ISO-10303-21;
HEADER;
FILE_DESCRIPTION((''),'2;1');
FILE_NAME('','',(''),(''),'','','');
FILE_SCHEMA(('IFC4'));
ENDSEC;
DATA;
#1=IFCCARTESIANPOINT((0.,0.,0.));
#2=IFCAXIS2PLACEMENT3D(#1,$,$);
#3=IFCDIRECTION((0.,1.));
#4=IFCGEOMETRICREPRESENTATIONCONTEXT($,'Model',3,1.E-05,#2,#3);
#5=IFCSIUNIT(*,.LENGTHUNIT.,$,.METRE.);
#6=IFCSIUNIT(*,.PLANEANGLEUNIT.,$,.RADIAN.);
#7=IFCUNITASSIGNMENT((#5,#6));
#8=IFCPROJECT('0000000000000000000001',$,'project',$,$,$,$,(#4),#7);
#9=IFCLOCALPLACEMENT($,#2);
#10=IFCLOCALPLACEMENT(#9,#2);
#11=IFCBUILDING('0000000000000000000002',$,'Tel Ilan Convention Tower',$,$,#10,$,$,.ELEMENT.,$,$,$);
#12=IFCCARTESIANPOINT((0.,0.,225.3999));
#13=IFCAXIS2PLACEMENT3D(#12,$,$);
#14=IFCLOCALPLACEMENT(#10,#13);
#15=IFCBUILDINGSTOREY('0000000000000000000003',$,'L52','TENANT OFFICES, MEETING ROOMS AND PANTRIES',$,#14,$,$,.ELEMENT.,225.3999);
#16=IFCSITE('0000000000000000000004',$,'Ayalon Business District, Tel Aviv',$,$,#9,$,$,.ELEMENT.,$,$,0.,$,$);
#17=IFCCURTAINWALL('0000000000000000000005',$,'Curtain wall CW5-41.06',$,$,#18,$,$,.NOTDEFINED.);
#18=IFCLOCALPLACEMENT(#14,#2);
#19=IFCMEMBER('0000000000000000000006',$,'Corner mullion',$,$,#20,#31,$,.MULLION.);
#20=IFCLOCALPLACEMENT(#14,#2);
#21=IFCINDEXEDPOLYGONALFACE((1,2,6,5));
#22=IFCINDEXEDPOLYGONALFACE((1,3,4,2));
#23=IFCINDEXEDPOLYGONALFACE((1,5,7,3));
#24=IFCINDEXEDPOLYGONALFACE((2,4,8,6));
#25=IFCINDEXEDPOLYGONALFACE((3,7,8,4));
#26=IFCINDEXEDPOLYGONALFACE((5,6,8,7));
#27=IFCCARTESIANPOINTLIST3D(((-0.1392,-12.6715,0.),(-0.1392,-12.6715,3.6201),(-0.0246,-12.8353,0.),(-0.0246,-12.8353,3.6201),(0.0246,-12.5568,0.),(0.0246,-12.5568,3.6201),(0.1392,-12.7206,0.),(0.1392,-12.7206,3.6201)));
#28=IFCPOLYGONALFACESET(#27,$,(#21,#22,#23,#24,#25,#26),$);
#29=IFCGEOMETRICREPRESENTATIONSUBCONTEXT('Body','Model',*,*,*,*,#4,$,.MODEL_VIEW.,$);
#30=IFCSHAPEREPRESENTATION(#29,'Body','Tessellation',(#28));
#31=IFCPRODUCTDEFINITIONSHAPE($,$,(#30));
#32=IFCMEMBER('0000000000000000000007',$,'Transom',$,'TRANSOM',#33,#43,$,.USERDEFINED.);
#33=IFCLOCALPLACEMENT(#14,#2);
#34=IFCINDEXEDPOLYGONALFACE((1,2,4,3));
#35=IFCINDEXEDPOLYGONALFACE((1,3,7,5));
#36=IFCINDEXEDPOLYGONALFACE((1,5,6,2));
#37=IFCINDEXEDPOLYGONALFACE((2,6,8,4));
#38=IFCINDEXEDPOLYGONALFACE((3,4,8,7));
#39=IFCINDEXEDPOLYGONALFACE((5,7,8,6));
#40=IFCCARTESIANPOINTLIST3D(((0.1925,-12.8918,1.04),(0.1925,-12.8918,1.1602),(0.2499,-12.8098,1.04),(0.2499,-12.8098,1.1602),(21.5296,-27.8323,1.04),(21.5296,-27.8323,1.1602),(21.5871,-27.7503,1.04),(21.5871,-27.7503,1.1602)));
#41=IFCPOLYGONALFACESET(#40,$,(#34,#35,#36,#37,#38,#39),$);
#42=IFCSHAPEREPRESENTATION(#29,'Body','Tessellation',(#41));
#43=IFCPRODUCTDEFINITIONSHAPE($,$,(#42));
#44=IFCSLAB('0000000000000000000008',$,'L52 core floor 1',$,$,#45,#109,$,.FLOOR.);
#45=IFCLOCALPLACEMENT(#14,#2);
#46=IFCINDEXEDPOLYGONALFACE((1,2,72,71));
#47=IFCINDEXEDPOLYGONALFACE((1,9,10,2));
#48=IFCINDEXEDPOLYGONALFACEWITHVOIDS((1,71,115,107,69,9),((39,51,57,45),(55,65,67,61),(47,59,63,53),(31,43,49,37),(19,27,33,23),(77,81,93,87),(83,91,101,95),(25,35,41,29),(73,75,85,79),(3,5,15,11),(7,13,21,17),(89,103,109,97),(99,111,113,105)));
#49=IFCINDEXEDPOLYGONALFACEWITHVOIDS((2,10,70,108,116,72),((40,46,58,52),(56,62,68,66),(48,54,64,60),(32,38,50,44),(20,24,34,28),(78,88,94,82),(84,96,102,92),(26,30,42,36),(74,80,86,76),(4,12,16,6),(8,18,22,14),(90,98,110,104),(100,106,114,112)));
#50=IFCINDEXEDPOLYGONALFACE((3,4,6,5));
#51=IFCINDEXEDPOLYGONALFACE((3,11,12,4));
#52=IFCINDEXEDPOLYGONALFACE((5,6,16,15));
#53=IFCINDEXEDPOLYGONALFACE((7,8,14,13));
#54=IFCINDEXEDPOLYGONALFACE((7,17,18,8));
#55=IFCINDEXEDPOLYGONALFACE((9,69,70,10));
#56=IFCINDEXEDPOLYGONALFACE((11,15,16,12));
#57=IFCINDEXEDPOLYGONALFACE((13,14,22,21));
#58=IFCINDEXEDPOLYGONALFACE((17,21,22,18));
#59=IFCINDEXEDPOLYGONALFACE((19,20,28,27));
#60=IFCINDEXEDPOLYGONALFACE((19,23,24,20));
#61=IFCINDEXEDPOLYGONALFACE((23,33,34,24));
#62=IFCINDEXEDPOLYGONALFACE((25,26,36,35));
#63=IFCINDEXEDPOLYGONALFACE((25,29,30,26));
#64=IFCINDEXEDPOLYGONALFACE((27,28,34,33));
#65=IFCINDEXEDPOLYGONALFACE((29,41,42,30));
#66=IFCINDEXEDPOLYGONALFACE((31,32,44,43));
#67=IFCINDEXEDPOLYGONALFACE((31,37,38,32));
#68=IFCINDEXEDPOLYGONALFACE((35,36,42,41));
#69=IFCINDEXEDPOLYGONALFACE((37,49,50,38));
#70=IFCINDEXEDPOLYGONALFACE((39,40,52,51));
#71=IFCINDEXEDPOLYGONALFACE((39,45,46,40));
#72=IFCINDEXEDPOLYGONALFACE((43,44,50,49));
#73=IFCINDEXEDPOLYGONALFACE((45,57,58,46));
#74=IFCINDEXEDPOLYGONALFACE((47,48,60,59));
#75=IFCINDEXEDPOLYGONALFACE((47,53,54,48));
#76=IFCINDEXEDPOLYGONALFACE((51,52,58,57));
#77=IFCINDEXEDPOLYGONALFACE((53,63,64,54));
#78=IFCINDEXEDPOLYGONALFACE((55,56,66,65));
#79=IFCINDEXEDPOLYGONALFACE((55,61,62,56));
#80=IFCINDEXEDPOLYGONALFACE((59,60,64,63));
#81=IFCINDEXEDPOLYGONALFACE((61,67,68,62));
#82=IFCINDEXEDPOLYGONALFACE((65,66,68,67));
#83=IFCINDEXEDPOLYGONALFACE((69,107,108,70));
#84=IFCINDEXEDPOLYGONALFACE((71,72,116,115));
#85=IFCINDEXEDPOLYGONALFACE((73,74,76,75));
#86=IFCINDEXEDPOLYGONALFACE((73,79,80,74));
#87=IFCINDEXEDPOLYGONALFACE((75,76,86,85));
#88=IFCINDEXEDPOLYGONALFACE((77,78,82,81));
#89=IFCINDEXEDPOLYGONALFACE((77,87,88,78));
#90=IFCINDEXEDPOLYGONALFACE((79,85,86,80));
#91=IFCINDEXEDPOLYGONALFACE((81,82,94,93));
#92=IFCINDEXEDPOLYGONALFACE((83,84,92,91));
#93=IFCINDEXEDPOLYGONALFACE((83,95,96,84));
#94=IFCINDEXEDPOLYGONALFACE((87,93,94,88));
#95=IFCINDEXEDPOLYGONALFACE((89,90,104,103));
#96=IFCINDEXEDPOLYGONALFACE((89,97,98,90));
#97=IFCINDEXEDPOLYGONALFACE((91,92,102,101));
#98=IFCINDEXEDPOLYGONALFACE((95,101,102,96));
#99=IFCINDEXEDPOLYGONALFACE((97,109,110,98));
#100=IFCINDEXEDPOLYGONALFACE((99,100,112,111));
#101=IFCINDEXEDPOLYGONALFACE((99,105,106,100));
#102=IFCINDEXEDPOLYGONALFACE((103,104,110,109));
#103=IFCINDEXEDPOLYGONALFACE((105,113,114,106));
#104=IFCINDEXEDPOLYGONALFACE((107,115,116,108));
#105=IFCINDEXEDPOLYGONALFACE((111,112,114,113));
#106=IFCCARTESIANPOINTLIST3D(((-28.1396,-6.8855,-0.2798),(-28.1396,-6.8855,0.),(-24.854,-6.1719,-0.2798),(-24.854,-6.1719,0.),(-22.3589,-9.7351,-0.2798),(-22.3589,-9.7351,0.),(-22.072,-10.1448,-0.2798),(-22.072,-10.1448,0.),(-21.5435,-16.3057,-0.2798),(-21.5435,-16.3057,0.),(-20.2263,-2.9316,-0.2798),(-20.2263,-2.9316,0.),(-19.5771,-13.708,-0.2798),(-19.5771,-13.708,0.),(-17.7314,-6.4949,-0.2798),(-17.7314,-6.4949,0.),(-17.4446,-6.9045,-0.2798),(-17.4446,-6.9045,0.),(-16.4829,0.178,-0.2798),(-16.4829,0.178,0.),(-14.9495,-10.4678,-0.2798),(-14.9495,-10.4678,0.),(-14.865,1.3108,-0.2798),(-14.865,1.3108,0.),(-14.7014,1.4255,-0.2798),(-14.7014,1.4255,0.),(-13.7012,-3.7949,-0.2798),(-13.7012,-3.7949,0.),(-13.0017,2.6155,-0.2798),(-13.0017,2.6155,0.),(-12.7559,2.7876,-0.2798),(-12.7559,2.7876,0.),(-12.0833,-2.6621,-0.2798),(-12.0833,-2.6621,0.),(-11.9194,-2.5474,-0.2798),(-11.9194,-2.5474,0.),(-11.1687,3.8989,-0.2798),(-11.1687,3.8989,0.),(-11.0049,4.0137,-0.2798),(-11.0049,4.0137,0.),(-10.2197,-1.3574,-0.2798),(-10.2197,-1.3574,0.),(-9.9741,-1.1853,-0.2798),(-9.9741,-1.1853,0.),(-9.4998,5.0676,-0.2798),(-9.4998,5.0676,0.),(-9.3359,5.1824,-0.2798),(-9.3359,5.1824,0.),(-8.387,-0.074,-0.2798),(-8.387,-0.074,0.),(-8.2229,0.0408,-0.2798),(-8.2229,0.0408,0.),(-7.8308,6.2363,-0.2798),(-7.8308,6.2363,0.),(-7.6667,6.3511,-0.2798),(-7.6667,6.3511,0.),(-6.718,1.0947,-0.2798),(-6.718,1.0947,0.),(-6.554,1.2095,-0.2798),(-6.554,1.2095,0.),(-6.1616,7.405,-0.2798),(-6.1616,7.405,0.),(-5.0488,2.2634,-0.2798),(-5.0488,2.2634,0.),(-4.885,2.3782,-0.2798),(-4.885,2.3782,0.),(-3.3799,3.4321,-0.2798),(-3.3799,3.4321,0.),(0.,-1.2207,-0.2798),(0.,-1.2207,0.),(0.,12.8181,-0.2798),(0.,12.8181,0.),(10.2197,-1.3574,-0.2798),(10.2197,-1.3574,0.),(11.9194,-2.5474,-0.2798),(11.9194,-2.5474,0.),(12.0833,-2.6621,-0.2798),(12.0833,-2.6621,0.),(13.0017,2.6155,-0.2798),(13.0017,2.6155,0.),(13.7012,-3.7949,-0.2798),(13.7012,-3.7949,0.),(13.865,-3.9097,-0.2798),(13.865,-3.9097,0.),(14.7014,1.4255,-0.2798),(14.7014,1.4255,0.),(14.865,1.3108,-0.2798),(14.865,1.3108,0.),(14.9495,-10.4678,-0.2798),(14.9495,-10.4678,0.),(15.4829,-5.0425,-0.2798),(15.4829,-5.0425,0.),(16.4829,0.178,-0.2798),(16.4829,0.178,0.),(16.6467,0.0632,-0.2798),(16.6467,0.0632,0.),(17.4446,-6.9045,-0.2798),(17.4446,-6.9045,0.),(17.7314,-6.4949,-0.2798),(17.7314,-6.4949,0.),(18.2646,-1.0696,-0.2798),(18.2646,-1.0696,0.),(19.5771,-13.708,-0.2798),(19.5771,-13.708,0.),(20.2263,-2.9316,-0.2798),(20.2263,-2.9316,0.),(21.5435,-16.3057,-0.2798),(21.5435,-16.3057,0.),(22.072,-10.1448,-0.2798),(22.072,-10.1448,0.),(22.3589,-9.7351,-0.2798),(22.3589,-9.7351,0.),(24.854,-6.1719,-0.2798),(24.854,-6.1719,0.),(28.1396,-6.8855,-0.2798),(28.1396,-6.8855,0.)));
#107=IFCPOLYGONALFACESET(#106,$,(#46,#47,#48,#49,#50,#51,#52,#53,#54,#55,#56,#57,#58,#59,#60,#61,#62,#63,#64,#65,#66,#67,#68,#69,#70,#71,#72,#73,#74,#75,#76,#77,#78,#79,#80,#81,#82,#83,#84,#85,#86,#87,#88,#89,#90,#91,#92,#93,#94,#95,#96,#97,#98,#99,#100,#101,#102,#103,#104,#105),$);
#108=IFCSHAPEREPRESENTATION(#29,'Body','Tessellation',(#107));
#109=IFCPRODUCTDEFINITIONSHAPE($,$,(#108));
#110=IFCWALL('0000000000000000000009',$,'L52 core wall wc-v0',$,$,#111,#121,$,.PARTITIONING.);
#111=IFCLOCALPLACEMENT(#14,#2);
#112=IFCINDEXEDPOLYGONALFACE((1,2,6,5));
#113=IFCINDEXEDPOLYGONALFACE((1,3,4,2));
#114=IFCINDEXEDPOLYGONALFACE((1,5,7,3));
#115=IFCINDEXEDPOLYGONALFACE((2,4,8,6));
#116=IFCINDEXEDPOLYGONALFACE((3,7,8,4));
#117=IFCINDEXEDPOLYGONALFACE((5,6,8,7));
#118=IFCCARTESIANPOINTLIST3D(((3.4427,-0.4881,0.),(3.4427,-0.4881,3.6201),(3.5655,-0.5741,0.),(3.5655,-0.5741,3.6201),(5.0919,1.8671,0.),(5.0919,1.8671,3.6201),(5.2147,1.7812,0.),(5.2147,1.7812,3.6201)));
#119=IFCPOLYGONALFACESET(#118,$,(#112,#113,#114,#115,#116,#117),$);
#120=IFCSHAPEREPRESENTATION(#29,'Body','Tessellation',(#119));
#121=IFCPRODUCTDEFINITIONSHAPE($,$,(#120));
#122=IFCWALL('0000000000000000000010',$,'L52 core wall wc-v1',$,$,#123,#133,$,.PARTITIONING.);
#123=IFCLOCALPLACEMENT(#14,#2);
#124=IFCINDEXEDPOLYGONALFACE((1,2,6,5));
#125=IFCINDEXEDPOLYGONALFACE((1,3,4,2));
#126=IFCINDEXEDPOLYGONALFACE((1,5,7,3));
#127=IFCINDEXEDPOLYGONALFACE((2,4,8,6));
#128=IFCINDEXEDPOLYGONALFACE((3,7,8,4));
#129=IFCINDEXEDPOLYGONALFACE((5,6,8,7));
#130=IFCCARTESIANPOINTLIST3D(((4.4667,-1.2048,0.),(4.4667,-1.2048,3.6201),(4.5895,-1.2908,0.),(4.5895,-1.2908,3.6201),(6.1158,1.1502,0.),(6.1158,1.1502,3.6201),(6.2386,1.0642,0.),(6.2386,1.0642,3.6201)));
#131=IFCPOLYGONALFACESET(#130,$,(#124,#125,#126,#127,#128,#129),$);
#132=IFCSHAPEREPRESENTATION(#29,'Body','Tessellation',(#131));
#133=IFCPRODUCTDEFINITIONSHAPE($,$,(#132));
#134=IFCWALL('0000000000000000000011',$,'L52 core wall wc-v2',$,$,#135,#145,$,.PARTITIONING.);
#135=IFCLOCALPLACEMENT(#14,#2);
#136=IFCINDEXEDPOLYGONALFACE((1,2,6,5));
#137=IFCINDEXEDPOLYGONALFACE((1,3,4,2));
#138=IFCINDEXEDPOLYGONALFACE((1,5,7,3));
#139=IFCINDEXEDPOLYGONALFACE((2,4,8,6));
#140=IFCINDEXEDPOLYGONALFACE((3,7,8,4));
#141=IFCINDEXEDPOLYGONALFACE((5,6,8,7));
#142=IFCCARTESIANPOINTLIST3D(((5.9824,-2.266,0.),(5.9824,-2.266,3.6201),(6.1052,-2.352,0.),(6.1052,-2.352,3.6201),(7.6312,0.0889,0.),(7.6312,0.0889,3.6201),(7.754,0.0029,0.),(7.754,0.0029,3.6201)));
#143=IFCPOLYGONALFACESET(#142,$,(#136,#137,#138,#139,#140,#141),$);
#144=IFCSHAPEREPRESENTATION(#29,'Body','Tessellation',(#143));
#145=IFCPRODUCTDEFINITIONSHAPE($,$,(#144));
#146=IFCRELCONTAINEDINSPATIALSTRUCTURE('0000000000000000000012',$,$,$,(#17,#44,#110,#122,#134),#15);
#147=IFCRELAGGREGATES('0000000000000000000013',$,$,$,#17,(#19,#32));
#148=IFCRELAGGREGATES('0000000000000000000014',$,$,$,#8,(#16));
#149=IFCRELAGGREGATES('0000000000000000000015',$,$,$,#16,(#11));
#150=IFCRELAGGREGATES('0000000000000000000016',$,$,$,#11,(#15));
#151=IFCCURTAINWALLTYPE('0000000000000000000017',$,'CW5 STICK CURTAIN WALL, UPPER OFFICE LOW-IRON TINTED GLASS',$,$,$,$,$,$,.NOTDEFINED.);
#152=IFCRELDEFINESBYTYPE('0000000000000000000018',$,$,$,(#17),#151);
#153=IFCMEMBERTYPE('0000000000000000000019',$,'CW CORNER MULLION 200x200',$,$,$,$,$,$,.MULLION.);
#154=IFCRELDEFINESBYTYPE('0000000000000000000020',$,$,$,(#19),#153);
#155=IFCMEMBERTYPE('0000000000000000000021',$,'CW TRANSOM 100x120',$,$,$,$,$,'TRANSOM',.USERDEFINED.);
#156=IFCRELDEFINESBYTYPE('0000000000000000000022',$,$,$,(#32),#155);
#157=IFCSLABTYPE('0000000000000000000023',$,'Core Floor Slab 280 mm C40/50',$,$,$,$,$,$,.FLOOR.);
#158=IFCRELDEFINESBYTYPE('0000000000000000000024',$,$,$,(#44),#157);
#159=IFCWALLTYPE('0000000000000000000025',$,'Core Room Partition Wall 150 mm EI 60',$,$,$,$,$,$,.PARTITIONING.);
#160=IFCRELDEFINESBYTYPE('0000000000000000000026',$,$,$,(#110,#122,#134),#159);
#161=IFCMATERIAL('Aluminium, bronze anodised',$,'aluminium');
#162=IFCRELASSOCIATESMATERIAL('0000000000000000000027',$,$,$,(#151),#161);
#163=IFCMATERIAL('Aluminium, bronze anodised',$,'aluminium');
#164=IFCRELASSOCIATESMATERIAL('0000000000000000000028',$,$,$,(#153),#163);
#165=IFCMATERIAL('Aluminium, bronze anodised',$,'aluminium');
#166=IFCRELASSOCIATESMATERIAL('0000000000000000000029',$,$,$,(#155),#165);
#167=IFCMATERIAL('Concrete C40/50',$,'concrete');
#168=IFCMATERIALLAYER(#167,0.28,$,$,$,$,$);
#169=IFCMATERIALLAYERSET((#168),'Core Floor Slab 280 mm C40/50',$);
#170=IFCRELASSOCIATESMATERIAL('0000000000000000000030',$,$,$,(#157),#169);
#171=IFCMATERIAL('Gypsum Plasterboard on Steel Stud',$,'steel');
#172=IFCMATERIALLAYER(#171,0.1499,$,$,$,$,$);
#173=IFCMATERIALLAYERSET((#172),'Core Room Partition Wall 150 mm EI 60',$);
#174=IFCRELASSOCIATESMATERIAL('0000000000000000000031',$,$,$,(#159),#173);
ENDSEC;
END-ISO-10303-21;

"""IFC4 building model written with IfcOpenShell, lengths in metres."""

from ifc_helpers import new_model, si_unit, direction, frame, frame_2d, origin, origin_2d, place, context, subcontext, project, spatial, polyline, rectangle, outline, extrude, material, layer, layer_set, material_profile, profile_set, type_object, element, aggregate, save


model = new_model("IFC4")

# Units and contexts
model_context = context("Model", 3, precision=1e-05, world=origin(), true_north=direction((0.0, 1.0)))
body_context = subcontext(model_context, "Body", "Model", "MODEL_VIEW")
ifc_project = project(units=[si_unit("LENGTHUNIT", "METRE"), si_unit("PLANEANGLEUNIT", "RADIAN")], contexts=[model_context])

# Site, building, storey
site_placement = place(None, origin())
site = spatial("IfcSite", under=ifc_project, at=site_placement, Name="Ayalon Business District, Tel Aviv", CompositionType="ELEMENT", RefElevation=0.0)
building_placement = place(site_placement, origin())
building = spatial("IfcBuilding", under=site, at=building_placement, Name="Tel Ilan Convention Tower", CompositionType="ELEMENT")
storey_placement = place(building_placement, frame((0.0, 0.0, 225.3999)))
storey = spatial("IfcBuildingStorey", under=building, at=storey_placement, Name="L52", Description="TENANT OFFICES, MEETING ROOMS AND PANTRIES", CompositionType="ELEMENT", Elevation=225.3999)

# Curtain wall, members
ifc_material_1 = material(Name="Aluminium, bronze anodised", Category="aluminium")
curtain_wall_type = type_object("IfcCurtainWallType", Name="CW5 STICK CURTAIN WALL, UPPER OFFICE LOW-IRON TINTED GLASS", PredefinedType="NOTDEFINED", material=ifc_material_1)
curtain_wall_placement = place(storey_placement, origin())
curtain_wall = element("IfcCurtainWall", 1, at=curtain_wall_placement, inside=storey, type_object=curtain_wall_type, Name="Curtain wall CW5-41.06", PredefinedType="NOTDEFINED")
ifc_material_2 = material(Name="Aluminium, bronze anodised", Category="aluminium")
ifc_material_profile_1 = material_profile(ifc_material_2, rectangle(XDim=0.2, YDim=0.2, at=origin_2d()), Name="CW CORNER MULLION 200x200")
ifc_profile_set_1 = profile_set([ifc_material_profile_1], Name="Aluminium, bronze anodised")
member_type_1 = type_object("IfcMemberType", Name="CW CORNER MULLION 200x200", PredefinedType="MULLION", material=ifc_profile_set_1)
member_1_placement = place(storey_placement, frame((0.0, -12.696, 0.0), z_axis=(0.0, 0.0, 1.0), x_axis=(0.819152, 0.573576, 0.0)))
member_1 = element("IfcMember", 2, at=member_1_placement, type_object=member_type_1, Name="Corner mullion", PredefinedType="MULLION", context=body_context, shape_type="SweptSolid", body=[
    extrude(rectangle(XDim=0.2, YDim=0.2, at=origin_2d()), origin(), (0.0, 0.0, 1.0), 3.6201),
])
ifc_material_3 = material(Name="Aluminium, bronze anodised", Category="aluminium")
ifc_material_profile_2 = material_profile(ifc_material_3, rectangle(XDim=0.1001, YDim=0.1201, at=origin_2d()), Name="CW TRANSOM 100x120")
ifc_profile_set_2 = profile_set([ifc_material_profile_2], Name="Aluminium, bronze anodised")
member_type_2 = type_object("IfcMemberType", Name="CW TRANSOM 100x120", ElementType="TRANSOM", PredefinedType="USERDEFINED", material=ifc_profile_set_2)
member_2_placement = place(storey_placement, frame((0.2212, -12.8508, 1.1001), z_axis=(0.819152, -0.573576, 0.0), x_axis=(0.573576, 0.819152, 0.0)))
member_2 = element("IfcMember", 3, at=member_2_placement, type_object=member_type_2, Name="Transom", ObjectType="TRANSOM", PredefinedType="USERDEFINED", context=body_context, shape_type="SweptSolid", body=[
    extrude(rectangle(XDim=0.1001, YDim=0.1201, at=origin_2d()), origin(), (0.0, 0.0, 1.0), 26.0479),
])
aggregate(curtain_wall, [member_1, member_2])

# Slab
ifc_material_4 = material(Name="Concrete C40/50", Category="concrete")
ifc_layer_1 = layer(ifc_material_4, 0.28)
ifc_layer_set_1 = layer_set([ifc_layer_1], Name="Core Floor Slab 280 mm C40/50")
slab_type = type_object("IfcSlabType", Name="Core Floor Slab 280 mm C40/50", PredefinedType="FLOOR", material=ifc_layer_set_1)
slab_placement = place(storey_placement, frame((0.0, 0.0, -0.2798)))
element("IfcSlab", 4, at=slab_placement, inside=storey, type_object=slab_type, Name="L52 core floor 1", PredefinedType="FLOOR", context=body_context, shape_type="SweptSolid", body=[
    extrude(outline(polyline([(-28.1396, -6.8855), (0.0, 12.8181), (28.1396, -6.8855), (21.5435, -16.3057), (0.0, -1.2207), (-21.5435, -16.3057), (-28.1396, -6.8855)]), holes=[polyline([(-17.4446, -6.9045), (-22.072, -10.1448), (-19.5771, -13.708), (-14.9495, -10.4678), (-17.4446, -6.9045)]), polyline([(-17.7314, -6.4949), (-20.2263, -2.9316), (-24.854, -6.1719), (-22.3589, -9.7351), (-17.7314, -6.4949)]), polyline([(-14.865, 1.3108), (-16.4829, 0.178), (-13.7012, -3.7949), (-12.0833, -2.6621), (-14.865, 1.3108)]), polyline([(-14.7014, 1.4255), (-11.9194, -2.5474), (-10.2197, -1.3574), (-13.0017, 2.6155), (-14.7014, 1.4255)]), polyline([(-11.1687, 3.8989), (-12.7559, 2.7876), (-9.9741, -1.1853), (-8.387, -0.074), (-11.1687, 3.8989)]), polyline([(-9.4998, 5.0676), (-11.0049, 4.0137), (-8.2229, 0.0408), (-6.718, 1.0947), (-9.4998, 5.0676)]), polyline([(-9.3359, 5.1824), (-6.554, 1.2095), (-5.0488, 2.2634), (-7.8308, 6.2363), (-9.3359, 5.1824)]), polyline([(17.4446, -6.9045), (14.9495, -10.4678), (19.5771, -13.708), (22.072, -10.1448), (17.4446, -6.9045)]), polyline([(20.2263, -2.9316), (17.7314, -6.4949), (22.3589, -9.7351), (24.854, -6.1719), (20.2263, -2.9316)]), polyline([(15.4829, -5.0425), (18.2646, -1.0696), (16.6467, 0.0632), (13.865, -3.9097), (15.4829, -5.0425)]), polyline([(13.7012, -3.7949), (16.4829, 0.178), (14.865, 1.3108), (12.0833, -2.6621), (13.7012, -3.7949)]), polyline([(11.9194, -2.5474), (14.7014, 1.4255), (13.0017, 2.6155), (10.2197, -1.3574), (11.9194, -2.5474)]), polyline([(-6.1616, 7.405), (-7.6667, 6.3511), (-4.885, 2.3782), (-3.3799, 3.4321), (-6.1616, 7.405)])]), origin(), (0.0, 0.0, 1.0), 0.2798),
])

# Walls
ifc_material_5 = material(Name="Gypsum Plasterboard on Steel Stud", Category="steel")
ifc_layer_2 = layer(ifc_material_5, 0.1499)
ifc_layer_set_2 = layer_set([ifc_layer_2], Name="Core Room Partition Wall 150 mm EI 60")
wall_type_1 = type_object("IfcWallType", Name="Core Room Partition Wall 150 mm EI 60", PredefinedType="PARTITIONING", material=ifc_layer_set_2)
wall_1_placement = place(storey_placement, frame((3.5042, -0.531, 0.0), z_axis=(0.0, 0.0, 1.0), x_axis=(0.573582, 0.819148, 0.0)))
element("IfcWall", 5, at=wall_1_placement, inside=storey, type_object=wall_type_1, Name="L52 core wall wc-v0", PredefinedType="PARTITIONING", context=body_context, shape_type="SweptSolid", body=[
    extrude(rectangle(XDim=2.8752, YDim=0.1499, at=frame_2d((1.4375, 0.0))), origin(), (0.0, 0.0, 1.0), 3.6201),
])
wall_2_placement = place(storey_placement, frame((4.5281, -1.2478, 0.0), z_axis=(0.0, 0.0, 1.0), x_axis=(0.573622, 0.81912, 0.0)))
element("IfcWall", 6, at=wall_2_placement, inside=storey, type_object=wall_type_1, Name="L52 core wall wc-v1", PredefinedType="PARTITIONING", context=body_context, shape_type="SweptSolid", body=[
    extrude(rectangle(XDim=2.875, YDim=0.1499, at=frame_2d((1.4375, 0.0))), origin(), (0.0, 0.0, 1.0), 3.6201),
])
wall_3_placement = place(storey_placement, frame((6.0437, -2.3091, 0.0), z_axis=(0.0, 0.0, 1.0), x_axis=(0.573565, 0.81916, 0.0)))
element("IfcWall", 7, at=wall_3_placement, inside=storey, type_object=wall_type_1, Name="L52 core wall wc-v2", PredefinedType="PARTITIONING", context=body_context, shape_type="SweptSolid", body=[
    extrude(rectangle(XDim=2.8748, YDim=0.1499, at=frame_2d((1.4375, 0.0))), origin(), (0.0, 0.0, 1.0), 3.6201),
])

save(model, "model.ifc")
